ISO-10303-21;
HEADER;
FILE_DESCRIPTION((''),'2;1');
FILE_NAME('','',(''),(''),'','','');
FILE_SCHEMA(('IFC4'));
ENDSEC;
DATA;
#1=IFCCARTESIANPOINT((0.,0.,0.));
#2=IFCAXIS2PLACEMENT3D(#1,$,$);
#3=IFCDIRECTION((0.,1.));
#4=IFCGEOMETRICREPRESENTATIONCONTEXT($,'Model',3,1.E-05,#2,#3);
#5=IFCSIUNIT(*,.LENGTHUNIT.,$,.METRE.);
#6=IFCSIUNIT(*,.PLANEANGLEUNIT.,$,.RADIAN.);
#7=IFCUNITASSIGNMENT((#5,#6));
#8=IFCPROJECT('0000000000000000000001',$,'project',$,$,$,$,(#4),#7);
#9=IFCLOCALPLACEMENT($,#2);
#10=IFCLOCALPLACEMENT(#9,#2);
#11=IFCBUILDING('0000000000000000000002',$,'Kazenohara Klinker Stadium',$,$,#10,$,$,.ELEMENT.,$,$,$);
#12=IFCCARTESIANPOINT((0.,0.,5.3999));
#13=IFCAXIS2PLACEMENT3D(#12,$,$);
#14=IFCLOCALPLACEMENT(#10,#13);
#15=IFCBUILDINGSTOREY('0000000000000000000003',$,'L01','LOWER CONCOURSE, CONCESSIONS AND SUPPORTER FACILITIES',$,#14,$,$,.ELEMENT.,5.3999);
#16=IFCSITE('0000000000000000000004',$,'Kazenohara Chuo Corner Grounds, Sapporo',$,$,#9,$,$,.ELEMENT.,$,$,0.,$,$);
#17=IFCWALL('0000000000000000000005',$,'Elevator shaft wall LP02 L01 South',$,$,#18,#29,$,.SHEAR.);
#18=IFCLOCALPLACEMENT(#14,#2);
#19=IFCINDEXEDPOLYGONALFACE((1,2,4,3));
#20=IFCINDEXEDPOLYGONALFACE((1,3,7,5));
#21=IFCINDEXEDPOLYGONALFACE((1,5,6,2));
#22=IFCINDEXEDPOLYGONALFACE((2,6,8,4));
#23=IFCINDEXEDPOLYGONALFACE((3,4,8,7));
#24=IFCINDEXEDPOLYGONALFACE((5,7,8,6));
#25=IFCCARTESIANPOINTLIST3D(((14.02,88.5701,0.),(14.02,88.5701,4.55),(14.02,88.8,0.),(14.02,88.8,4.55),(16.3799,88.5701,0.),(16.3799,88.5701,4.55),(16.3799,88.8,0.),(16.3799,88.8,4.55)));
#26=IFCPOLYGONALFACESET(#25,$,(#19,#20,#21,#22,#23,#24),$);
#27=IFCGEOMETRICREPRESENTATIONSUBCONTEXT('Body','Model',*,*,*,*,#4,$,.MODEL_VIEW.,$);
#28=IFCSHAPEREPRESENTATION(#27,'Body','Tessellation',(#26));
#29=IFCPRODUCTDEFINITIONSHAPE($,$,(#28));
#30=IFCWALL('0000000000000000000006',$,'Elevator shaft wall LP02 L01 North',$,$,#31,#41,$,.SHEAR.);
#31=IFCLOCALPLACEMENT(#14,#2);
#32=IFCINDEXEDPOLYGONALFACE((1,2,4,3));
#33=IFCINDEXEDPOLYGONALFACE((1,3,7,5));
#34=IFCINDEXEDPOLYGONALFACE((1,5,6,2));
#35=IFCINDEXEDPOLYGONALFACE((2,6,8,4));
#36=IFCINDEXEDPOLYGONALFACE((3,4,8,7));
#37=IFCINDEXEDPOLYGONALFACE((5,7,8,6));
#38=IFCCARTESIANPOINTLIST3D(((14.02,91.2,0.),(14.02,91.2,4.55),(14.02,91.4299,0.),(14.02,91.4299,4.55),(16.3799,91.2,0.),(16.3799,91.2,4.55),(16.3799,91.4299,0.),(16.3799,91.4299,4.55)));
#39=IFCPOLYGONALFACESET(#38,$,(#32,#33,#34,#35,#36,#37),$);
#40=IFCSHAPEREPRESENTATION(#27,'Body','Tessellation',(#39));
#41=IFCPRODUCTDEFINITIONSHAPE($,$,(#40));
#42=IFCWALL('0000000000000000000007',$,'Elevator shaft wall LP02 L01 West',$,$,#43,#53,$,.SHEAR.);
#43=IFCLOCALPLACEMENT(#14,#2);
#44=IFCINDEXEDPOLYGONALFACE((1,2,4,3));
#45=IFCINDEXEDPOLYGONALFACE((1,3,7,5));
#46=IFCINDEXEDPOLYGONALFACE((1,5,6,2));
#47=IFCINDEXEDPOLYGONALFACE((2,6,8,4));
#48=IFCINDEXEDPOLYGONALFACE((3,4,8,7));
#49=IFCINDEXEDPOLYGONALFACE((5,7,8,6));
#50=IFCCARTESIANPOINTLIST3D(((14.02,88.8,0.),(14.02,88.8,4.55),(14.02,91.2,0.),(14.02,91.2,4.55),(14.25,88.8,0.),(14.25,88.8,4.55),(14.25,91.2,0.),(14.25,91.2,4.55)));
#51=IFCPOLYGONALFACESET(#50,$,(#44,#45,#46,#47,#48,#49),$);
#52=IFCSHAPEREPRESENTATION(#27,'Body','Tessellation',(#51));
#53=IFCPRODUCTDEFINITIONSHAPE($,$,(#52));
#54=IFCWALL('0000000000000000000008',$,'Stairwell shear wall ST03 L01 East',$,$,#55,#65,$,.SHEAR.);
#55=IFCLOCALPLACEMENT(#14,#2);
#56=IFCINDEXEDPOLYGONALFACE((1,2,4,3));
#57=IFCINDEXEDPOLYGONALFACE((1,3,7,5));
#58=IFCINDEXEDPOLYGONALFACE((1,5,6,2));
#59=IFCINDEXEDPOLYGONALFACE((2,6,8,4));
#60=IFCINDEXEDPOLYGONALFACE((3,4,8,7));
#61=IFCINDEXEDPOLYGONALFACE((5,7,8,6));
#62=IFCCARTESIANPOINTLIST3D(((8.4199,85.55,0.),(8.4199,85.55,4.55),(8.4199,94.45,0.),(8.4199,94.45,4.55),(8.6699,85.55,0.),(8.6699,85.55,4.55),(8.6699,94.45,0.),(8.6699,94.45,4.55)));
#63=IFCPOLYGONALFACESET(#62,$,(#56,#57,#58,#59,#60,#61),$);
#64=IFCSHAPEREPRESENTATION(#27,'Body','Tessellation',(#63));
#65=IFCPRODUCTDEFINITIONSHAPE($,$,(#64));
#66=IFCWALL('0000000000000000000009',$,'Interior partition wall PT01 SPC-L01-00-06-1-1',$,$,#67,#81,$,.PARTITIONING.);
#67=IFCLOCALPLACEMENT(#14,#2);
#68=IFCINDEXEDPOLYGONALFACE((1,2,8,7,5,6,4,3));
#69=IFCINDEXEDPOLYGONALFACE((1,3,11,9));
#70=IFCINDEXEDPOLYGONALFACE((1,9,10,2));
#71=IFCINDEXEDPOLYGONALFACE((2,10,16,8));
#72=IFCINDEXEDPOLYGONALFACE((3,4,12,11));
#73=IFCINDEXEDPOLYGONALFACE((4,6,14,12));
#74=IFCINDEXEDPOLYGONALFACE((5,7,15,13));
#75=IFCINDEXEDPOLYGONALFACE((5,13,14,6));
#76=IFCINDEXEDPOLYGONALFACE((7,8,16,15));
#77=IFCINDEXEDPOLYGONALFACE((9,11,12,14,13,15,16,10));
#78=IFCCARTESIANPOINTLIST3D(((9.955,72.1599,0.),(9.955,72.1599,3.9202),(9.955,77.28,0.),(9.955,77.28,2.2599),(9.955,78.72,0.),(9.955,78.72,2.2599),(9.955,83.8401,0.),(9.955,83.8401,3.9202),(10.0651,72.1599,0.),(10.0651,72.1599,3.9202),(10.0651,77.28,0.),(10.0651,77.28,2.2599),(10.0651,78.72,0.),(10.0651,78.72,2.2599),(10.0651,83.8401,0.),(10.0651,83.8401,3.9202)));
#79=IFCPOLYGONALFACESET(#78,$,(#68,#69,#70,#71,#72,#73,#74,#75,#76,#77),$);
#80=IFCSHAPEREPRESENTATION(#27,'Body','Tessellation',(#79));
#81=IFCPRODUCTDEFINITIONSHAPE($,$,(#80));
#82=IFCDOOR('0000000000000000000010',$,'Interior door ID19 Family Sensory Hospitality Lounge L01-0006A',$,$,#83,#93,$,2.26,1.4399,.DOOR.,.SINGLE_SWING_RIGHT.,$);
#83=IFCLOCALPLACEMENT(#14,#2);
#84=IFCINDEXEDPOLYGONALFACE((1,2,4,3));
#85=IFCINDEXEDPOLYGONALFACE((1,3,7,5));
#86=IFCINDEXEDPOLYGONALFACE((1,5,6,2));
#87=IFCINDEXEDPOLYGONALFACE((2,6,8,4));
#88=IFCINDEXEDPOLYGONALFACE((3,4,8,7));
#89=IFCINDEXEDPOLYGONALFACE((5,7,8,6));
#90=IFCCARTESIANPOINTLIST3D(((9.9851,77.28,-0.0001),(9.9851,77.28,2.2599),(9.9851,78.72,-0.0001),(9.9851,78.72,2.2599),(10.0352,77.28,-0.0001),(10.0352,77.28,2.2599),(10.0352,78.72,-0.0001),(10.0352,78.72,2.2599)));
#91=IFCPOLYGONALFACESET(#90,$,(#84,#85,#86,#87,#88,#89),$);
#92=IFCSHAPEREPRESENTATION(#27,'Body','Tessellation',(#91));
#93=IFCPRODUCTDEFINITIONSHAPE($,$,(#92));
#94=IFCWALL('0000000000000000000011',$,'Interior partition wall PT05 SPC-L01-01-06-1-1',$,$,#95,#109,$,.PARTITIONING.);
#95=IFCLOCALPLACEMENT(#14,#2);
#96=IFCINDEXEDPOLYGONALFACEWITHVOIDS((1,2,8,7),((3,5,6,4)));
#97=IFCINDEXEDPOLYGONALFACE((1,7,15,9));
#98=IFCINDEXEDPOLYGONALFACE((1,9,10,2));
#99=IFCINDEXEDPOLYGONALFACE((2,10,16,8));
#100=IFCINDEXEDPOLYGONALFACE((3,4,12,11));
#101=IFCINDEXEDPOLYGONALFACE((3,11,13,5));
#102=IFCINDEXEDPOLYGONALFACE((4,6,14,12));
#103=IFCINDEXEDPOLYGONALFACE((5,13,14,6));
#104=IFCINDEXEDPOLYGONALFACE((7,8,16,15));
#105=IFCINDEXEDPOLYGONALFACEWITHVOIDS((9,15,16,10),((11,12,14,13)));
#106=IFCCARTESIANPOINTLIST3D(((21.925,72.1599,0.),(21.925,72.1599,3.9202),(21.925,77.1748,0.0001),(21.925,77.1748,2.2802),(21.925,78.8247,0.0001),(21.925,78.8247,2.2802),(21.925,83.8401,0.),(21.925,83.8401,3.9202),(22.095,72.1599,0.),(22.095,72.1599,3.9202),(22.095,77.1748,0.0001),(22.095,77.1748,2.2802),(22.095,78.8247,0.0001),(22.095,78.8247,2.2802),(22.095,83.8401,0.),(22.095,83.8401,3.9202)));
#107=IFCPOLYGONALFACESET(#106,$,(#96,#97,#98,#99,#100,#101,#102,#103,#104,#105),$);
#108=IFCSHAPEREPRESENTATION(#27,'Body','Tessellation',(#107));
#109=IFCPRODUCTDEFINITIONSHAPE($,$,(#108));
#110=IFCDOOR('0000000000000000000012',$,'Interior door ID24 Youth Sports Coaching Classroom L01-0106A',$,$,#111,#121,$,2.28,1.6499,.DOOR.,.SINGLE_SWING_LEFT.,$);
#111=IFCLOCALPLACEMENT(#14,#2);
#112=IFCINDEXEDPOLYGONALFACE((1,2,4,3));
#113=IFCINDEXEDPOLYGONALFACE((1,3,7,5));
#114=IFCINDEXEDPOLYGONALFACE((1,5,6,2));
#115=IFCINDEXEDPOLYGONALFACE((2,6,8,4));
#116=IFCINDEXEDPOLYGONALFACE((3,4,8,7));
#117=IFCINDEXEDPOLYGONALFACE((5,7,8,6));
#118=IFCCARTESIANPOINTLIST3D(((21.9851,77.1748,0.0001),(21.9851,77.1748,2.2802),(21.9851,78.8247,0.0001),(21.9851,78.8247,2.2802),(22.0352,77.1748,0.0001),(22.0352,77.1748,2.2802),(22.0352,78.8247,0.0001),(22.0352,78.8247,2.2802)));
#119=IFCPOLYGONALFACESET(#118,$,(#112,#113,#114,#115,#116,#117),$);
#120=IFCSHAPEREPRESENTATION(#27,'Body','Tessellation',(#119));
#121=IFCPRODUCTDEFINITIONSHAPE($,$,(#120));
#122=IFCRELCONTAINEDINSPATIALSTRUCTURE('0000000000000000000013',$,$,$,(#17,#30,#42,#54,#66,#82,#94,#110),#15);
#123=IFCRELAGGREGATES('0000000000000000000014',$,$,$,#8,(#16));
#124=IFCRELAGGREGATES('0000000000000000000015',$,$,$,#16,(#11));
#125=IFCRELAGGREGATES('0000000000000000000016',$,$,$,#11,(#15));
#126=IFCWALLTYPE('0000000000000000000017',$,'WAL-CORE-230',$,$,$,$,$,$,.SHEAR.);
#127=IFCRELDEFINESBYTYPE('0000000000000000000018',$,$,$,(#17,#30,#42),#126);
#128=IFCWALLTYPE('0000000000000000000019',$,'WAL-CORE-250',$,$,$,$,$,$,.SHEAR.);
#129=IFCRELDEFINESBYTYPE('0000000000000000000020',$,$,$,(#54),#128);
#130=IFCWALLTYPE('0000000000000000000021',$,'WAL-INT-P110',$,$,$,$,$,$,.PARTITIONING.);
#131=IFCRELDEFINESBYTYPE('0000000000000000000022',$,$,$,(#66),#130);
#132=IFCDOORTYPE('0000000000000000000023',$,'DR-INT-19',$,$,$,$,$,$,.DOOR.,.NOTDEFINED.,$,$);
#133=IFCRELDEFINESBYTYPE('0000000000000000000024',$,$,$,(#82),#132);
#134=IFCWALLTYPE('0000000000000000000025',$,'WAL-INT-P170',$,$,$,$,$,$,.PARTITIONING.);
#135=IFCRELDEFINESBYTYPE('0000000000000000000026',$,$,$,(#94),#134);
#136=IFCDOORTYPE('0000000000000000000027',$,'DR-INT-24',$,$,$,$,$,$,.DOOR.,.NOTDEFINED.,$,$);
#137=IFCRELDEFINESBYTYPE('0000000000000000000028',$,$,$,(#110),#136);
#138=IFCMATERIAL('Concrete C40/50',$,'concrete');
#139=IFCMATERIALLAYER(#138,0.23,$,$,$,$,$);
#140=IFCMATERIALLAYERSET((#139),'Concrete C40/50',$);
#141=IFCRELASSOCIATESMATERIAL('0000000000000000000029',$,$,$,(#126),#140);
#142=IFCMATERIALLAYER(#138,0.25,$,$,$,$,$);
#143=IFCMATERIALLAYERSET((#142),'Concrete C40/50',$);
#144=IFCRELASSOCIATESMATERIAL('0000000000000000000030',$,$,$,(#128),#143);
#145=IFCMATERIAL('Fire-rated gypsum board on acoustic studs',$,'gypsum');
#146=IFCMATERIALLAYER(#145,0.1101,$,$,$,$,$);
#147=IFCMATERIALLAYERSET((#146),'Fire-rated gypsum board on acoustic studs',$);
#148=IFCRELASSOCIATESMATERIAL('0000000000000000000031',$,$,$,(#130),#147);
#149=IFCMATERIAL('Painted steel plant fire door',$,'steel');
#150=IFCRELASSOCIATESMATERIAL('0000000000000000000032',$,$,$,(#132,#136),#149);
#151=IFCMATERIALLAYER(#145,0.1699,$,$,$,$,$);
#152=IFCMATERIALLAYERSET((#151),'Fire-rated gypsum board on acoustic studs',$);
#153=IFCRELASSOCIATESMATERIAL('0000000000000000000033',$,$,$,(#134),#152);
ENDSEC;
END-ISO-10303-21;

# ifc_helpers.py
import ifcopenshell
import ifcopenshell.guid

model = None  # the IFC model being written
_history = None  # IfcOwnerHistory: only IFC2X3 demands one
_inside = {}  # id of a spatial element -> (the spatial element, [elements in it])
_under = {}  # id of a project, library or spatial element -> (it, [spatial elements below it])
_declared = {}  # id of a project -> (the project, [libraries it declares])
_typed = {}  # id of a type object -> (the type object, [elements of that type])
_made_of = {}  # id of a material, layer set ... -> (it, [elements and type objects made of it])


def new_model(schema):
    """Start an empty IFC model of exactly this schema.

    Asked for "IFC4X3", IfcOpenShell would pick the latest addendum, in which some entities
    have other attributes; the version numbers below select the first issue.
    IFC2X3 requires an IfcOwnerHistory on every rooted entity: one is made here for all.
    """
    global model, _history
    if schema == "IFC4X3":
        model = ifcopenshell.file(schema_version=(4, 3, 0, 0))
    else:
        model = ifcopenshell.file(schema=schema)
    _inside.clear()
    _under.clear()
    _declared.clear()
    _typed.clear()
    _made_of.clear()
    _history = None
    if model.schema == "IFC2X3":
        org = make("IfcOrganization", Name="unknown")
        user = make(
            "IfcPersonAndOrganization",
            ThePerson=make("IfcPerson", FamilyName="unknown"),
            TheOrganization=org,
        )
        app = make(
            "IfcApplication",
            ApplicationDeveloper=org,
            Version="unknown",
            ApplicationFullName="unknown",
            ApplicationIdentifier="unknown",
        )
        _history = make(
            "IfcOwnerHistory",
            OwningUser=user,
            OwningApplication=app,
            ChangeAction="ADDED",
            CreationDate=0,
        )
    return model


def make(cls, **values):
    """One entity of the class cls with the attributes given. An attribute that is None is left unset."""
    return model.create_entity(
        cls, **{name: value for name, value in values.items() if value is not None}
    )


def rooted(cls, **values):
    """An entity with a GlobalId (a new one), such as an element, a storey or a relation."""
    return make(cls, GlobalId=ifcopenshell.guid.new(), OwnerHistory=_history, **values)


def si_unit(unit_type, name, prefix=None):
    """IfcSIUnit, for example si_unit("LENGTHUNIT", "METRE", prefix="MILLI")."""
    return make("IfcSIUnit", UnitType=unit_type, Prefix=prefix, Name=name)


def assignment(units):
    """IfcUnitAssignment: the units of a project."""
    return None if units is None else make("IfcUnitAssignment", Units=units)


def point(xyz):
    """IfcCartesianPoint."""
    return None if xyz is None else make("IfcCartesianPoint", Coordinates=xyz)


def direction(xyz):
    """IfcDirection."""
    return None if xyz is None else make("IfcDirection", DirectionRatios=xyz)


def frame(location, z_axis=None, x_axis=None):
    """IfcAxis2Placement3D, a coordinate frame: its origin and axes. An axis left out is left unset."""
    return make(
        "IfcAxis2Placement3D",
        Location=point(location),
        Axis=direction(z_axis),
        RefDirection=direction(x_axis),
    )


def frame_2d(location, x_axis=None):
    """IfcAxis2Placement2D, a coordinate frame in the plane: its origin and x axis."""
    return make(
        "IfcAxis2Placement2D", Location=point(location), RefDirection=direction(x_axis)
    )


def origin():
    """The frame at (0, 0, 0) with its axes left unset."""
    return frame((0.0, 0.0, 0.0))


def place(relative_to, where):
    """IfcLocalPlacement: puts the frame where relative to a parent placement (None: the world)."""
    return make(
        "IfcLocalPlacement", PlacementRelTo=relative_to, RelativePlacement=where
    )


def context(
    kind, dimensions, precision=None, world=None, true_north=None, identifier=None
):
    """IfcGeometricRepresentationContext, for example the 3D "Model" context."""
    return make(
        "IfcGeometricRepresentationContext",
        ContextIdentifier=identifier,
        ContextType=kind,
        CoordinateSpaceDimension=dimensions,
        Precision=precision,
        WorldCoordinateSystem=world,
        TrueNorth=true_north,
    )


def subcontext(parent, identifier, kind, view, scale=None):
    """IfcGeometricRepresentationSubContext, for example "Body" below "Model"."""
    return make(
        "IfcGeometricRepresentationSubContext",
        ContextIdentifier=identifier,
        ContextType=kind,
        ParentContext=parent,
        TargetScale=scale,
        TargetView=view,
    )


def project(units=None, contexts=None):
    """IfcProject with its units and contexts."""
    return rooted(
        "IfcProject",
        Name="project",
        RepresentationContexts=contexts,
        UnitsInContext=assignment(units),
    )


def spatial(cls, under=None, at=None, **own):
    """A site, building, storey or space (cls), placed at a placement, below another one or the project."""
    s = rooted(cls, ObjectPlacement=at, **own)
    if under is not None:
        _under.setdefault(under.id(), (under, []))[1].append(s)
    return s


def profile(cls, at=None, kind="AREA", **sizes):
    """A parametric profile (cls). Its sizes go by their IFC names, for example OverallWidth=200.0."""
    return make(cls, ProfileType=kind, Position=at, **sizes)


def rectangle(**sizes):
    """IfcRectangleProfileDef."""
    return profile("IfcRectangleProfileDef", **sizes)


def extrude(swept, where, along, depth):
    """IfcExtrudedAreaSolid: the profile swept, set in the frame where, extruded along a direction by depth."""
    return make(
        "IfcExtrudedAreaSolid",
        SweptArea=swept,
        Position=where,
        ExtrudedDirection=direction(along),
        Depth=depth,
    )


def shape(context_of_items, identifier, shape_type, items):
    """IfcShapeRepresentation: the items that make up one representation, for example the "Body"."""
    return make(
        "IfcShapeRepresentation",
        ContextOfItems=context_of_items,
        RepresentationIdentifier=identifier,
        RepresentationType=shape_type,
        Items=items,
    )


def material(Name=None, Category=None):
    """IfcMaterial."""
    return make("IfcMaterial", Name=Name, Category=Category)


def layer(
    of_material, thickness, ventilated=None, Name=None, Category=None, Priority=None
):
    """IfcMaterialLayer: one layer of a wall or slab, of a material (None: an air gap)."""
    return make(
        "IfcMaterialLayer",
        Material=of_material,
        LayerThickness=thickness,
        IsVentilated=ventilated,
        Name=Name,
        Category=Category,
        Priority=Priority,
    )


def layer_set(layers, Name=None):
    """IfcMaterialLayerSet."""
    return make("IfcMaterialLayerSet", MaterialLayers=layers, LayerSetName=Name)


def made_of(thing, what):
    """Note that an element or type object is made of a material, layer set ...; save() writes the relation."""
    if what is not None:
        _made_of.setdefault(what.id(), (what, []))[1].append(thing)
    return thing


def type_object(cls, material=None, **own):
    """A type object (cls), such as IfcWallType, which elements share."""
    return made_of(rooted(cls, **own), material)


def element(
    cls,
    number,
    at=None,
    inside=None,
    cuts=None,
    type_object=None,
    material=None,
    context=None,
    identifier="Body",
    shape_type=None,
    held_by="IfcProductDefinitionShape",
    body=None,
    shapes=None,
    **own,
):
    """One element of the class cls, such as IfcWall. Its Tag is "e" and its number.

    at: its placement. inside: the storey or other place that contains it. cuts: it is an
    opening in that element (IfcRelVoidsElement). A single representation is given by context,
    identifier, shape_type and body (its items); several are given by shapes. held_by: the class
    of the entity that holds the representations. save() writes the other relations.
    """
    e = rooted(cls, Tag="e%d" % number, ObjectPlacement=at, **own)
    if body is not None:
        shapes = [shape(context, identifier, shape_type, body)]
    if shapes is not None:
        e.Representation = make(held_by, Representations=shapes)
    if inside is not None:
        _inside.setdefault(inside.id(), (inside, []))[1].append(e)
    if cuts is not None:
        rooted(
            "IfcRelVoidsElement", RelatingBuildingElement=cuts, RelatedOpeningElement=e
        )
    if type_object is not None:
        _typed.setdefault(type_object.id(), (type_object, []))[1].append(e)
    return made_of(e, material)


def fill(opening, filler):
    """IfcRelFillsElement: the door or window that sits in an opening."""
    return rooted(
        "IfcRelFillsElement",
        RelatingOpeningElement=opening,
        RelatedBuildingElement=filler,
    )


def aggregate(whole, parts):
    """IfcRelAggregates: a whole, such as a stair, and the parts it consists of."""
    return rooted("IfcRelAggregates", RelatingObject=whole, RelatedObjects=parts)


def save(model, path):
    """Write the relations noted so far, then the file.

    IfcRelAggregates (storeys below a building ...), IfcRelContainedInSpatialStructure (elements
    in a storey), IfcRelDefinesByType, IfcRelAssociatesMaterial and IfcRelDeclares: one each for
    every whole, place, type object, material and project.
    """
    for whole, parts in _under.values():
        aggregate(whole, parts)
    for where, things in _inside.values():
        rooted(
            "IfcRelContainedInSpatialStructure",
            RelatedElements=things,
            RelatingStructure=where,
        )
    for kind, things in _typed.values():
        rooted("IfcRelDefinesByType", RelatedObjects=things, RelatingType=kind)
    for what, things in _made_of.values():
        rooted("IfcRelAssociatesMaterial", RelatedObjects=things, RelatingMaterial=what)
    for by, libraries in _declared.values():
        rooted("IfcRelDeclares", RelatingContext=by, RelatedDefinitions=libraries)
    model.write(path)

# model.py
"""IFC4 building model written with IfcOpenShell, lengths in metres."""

from ifc_helpers import new_model, si_unit, direction, frame, frame_2d, origin, place, context, subcontext, project, spatial, rectangle, extrude, material, layer, layer_set, type_object, element, fill, save


model = new_model("IFC4")

# Units and contexts
model_context = context("Model", 3, precision=1e-05, world=origin(), true_north=direction((0.0, 1.0)))
body_context = subcontext(model_context, "Body", "Model", "MODEL_VIEW")
ifc_project = project(units=[si_unit("LENGTHUNIT", "METRE"), si_unit("PLANEANGLEUNIT", "RADIAN")], contexts=[model_context])

# Site, building, storey
site_placement = place(None, origin())
site = spatial("IfcSite", under=ifc_project, at=site_placement, Name="Kazenohara Chuo Corner Grounds, Sapporo", CompositionType="ELEMENT", RefElevation=0.0)
building_placement = place(site_placement, origin())
building = spatial("IfcBuilding", under=site, at=building_placement, Name="Kazenohara Klinker Stadium", CompositionType="ELEMENT")
storey_placement = place(building_placement, frame((0.0, 0.0, 5.3999)))
storey = spatial("IfcBuildingStorey", under=building, at=storey_placement, Name="L01", Description="LOWER CONCOURSE, CONCESSIONS AND SUPPORTER FACILITIES", CompositionType="ELEMENT", Elevation=5.3999)

# Shared definitions
ifc_material_1 = material(Name="Concrete C40/50", Category="concrete")

# Walls
ifc_layer_1 = layer(ifc_material_1, 0.23)
ifc_layer_set_1 = layer_set([ifc_layer_1], Name="Concrete C40/50")
wall_type_1 = type_object("IfcWallType", Name="WAL-CORE-230", PredefinedType="SHEAR", material=ifc_layer_set_1)
for number, where, z_axis, x_axis, name in (
    (1, (14.02, 88.6851, 0.0), (0.0, 0.0, 1.0), (1.0, 0.0, 0.0), "Elevator shaft wall LP02 L01 South"),
    (2, (14.02, 91.3149, 0.0), (0.0, 0.0, 1.0), (1.0, 0.0, 0.0), "Elevator shaft wall LP02 L01 North"),
):
    element("IfcWall", number, at=place(storey_placement, frame(where, z_axis=z_axis, x_axis=x_axis)), inside=storey, type_object=wall_type_1, Name=name, PredefinedType="SHEAR", context=body_context, shape_type="SweptSolid", body=[
        extrude(rectangle(XDim=2.3599, YDim=0.23, at=frame_2d((1.1799, 0.0))), origin(), (0.0, 0.0, 1.0), 4.55),
    ])
wall_1_placement = place(storey_placement, frame((14.135, 88.8, 0.0), z_axis=(0.0, 0.0, 1.0), x_axis=(0.0, 1.0, 0.0)))
element("IfcWall", 3, at=wall_1_placement, inside=storey, type_object=wall_type_1, Name="Elevator shaft wall LP02 L01 West", PredefinedType="SHEAR", context=body_context, shape_type="SweptSolid", body=[
    extrude(rectangle(XDim=2.3999, YDim=0.23, at=frame_2d((1.2, 0.0))), origin(), (0.0, 0.0, 1.0), 4.55),
])

# Wall
ifc_layer_2 = layer(ifc_material_1, 0.25)
ifc_layer_set_2 = layer_set([ifc_layer_2], Name="Concrete C40/50")
wall_type_2 = type_object("IfcWallType", Name="WAL-CORE-250", PredefinedType="SHEAR", material=ifc_layer_set_2)
wall_2_placement = place(storey_placement, frame((8.5449, 85.55, 0.0), z_axis=(0.0, 0.0, 1.0), x_axis=(0.0, 1.0, 0.0)))
element("IfcWall", 4, at=wall_2_placement, inside=storey, type_object=wall_type_2, Name="Stairwell shear wall ST03 L01 East", PredefinedType="SHEAR", context=body_context, shape_type="SweptSolid", body=[
    extrude(rectangle(XDim=8.8999, YDim=0.25, at=frame_2d((4.45, 0.0))), origin(), (0.0, 0.0, 1.0), 4.55),
])

# Walls, openings, doors
ifc_material_2 = material(Name="Fire-rated gypsum board on acoustic studs", Category="gypsum")
ifc_layer_3 = layer(ifc_material_2, 0.1101)
ifc_layer_set_3 = layer_set([ifc_layer_3], Name="Fire-rated gypsum board on acoustic studs")
wall_type_3 = type_object("IfcWallType", Name="WAL-INT-P110", PredefinedType="PARTITIONING", material=ifc_layer_set_3)
wall_3_placement = place(storey_placement, frame((10.01, 72.1599, 0.0), z_axis=(0.0, 0.0, 1.0), x_axis=(0.0, 1.0, 0.0)))
wall_3 = element("IfcWall", 5, at=wall_3_placement, inside=storey, type_object=wall_type_3, Name="Interior partition wall PT01 SPC-L01-00-06-1-1", PredefinedType="PARTITIONING", context=body_context, shape_type="SweptSolid", body=[
    extrude(rectangle(XDim=11.6802, YDim=0.1101, at=frame_2d((5.8401, 0.0))), origin(), (0.0, 0.0, 1.0), 3.9202),
])
opening_1_placement = place(wall_3_placement, frame((5.1201, 0.0, 0.0)))
opening_1 = element("IfcOpeningElement", 6, at=opening_1_placement, cuts=wall_3, PredefinedType="OPENING", context=body_context, shape_type="SweptSolid", body=[
    extrude(rectangle(XDim=1.4399, YDim=2.26, at=frame_2d((0.72, 1.1299))), frame((0.0, 0.0649, 0.0), z_axis=(0.0, -1.0, 0.0), x_axis=(1.0, 0.0, 0.0)), (0.0, 0.0, 1.0), 0.1301),
])
ifc_material_3 = material(Name="Painted steel plant fire door", Category="steel")
door_type_1 = type_object("IfcDoorType", Name="DR-INT-19", OperationType="NOTDEFINED", PredefinedType="DOOR", material=ifc_material_3)
door_1_placement = place(opening_1_placement, origin())
door_1 = element("IfcDoor", 7, at=door_1_placement, inside=storey, type_object=door_type_1, Name="Interior door ID19 Family Sensory Hospitality Lounge L01-0006A", OperationType="SINGLE_SWING_RIGHT", OverallHeight=2.26, OverallWidth=1.4399, PredefinedType="DOOR", context=body_context, shape_type="SweptSolid", body=[
    extrude(rectangle(XDim=1.4399, YDim=2.26, at=frame_2d((0.72, 1.1299))), frame((0.0, 0.0249, 0.0), z_axis=(0.0, -1.0, 0.0), x_axis=(1.0, 0.0, 0.0)), (0.0, 0.0, 1.0), 0.05),
])
fill(opening_1, door_1)
ifc_layer_4 = layer(ifc_material_2, 0.1699)
ifc_layer_set_4 = layer_set([ifc_layer_4], Name="Fire-rated gypsum board on acoustic studs")
wall_type_4 = type_object("IfcWallType", Name="WAL-INT-P170", PredefinedType="PARTITIONING", material=ifc_layer_set_4)
wall_4_placement = place(storey_placement, frame((22.01, 72.1599, 0.0), z_axis=(0.0, 0.0, 1.0), x_axis=(0.0, 1.0, 0.0)))
wall_4 = element("IfcWall", 8, at=wall_4_placement, inside=storey, type_object=wall_type_4, Name="Interior partition wall PT05 SPC-L01-01-06-1-1", PredefinedType="PARTITIONING", context=body_context, shape_type="SweptSolid", body=[
    extrude(rectangle(XDim=11.6802, YDim=0.1699, at=frame_2d((5.8401, 0.0))), origin(), (0.0, 0.0, 1.0), 3.9202),
])
opening_2_placement = place(wall_4_placement, frame((5.0149, 0.0, 0.0)))
opening_2 = element("IfcOpeningElement", 9, at=opening_2_placement, cuts=wall_4, PredefinedType="OPENING", context=body_context, shape_type="SweptSolid", body=[
    extrude(rectangle(XDim=1.6499, YDim=2.28, at=frame_2d((0.825, 1.1401))), frame((0.0, 0.095, 0.0), z_axis=(0.0, -1.0, 0.0), x_axis=(1.0, 0.0, 0.0)), (0.0, 0.0, 1.0), 0.1899),
])
door_type_2 = type_object("IfcDoorType", Name="DR-INT-24", OperationType="NOTDEFINED", PredefinedType="DOOR", material=ifc_material_3)
door_2_placement = place(opening_2_placement, origin())
door_2 = element("IfcDoor", 10, at=door_2_placement, inside=storey, type_object=door_type_2, Name="Interior door ID24 Youth Sports Coaching Classroom L01-0106A", OperationType="SINGLE_SWING_LEFT", OverallHeight=2.28, OverallWidth=1.6499, PredefinedType="DOOR", context=body_context, shape_type="SweptSolid", body=[
    extrude(rectangle(XDim=1.6499, YDim=2.28, at=frame_2d((0.825, 1.1401))), frame((0.0, 0.0249, 0.0), z_axis=(0.0, -1.0, 0.0), x_axis=(1.0, 0.0, 0.0)), (0.0, 0.0, 1.0), 0.05),
])
fill(opening_2, door_2)

save(model, "model.ifc")
